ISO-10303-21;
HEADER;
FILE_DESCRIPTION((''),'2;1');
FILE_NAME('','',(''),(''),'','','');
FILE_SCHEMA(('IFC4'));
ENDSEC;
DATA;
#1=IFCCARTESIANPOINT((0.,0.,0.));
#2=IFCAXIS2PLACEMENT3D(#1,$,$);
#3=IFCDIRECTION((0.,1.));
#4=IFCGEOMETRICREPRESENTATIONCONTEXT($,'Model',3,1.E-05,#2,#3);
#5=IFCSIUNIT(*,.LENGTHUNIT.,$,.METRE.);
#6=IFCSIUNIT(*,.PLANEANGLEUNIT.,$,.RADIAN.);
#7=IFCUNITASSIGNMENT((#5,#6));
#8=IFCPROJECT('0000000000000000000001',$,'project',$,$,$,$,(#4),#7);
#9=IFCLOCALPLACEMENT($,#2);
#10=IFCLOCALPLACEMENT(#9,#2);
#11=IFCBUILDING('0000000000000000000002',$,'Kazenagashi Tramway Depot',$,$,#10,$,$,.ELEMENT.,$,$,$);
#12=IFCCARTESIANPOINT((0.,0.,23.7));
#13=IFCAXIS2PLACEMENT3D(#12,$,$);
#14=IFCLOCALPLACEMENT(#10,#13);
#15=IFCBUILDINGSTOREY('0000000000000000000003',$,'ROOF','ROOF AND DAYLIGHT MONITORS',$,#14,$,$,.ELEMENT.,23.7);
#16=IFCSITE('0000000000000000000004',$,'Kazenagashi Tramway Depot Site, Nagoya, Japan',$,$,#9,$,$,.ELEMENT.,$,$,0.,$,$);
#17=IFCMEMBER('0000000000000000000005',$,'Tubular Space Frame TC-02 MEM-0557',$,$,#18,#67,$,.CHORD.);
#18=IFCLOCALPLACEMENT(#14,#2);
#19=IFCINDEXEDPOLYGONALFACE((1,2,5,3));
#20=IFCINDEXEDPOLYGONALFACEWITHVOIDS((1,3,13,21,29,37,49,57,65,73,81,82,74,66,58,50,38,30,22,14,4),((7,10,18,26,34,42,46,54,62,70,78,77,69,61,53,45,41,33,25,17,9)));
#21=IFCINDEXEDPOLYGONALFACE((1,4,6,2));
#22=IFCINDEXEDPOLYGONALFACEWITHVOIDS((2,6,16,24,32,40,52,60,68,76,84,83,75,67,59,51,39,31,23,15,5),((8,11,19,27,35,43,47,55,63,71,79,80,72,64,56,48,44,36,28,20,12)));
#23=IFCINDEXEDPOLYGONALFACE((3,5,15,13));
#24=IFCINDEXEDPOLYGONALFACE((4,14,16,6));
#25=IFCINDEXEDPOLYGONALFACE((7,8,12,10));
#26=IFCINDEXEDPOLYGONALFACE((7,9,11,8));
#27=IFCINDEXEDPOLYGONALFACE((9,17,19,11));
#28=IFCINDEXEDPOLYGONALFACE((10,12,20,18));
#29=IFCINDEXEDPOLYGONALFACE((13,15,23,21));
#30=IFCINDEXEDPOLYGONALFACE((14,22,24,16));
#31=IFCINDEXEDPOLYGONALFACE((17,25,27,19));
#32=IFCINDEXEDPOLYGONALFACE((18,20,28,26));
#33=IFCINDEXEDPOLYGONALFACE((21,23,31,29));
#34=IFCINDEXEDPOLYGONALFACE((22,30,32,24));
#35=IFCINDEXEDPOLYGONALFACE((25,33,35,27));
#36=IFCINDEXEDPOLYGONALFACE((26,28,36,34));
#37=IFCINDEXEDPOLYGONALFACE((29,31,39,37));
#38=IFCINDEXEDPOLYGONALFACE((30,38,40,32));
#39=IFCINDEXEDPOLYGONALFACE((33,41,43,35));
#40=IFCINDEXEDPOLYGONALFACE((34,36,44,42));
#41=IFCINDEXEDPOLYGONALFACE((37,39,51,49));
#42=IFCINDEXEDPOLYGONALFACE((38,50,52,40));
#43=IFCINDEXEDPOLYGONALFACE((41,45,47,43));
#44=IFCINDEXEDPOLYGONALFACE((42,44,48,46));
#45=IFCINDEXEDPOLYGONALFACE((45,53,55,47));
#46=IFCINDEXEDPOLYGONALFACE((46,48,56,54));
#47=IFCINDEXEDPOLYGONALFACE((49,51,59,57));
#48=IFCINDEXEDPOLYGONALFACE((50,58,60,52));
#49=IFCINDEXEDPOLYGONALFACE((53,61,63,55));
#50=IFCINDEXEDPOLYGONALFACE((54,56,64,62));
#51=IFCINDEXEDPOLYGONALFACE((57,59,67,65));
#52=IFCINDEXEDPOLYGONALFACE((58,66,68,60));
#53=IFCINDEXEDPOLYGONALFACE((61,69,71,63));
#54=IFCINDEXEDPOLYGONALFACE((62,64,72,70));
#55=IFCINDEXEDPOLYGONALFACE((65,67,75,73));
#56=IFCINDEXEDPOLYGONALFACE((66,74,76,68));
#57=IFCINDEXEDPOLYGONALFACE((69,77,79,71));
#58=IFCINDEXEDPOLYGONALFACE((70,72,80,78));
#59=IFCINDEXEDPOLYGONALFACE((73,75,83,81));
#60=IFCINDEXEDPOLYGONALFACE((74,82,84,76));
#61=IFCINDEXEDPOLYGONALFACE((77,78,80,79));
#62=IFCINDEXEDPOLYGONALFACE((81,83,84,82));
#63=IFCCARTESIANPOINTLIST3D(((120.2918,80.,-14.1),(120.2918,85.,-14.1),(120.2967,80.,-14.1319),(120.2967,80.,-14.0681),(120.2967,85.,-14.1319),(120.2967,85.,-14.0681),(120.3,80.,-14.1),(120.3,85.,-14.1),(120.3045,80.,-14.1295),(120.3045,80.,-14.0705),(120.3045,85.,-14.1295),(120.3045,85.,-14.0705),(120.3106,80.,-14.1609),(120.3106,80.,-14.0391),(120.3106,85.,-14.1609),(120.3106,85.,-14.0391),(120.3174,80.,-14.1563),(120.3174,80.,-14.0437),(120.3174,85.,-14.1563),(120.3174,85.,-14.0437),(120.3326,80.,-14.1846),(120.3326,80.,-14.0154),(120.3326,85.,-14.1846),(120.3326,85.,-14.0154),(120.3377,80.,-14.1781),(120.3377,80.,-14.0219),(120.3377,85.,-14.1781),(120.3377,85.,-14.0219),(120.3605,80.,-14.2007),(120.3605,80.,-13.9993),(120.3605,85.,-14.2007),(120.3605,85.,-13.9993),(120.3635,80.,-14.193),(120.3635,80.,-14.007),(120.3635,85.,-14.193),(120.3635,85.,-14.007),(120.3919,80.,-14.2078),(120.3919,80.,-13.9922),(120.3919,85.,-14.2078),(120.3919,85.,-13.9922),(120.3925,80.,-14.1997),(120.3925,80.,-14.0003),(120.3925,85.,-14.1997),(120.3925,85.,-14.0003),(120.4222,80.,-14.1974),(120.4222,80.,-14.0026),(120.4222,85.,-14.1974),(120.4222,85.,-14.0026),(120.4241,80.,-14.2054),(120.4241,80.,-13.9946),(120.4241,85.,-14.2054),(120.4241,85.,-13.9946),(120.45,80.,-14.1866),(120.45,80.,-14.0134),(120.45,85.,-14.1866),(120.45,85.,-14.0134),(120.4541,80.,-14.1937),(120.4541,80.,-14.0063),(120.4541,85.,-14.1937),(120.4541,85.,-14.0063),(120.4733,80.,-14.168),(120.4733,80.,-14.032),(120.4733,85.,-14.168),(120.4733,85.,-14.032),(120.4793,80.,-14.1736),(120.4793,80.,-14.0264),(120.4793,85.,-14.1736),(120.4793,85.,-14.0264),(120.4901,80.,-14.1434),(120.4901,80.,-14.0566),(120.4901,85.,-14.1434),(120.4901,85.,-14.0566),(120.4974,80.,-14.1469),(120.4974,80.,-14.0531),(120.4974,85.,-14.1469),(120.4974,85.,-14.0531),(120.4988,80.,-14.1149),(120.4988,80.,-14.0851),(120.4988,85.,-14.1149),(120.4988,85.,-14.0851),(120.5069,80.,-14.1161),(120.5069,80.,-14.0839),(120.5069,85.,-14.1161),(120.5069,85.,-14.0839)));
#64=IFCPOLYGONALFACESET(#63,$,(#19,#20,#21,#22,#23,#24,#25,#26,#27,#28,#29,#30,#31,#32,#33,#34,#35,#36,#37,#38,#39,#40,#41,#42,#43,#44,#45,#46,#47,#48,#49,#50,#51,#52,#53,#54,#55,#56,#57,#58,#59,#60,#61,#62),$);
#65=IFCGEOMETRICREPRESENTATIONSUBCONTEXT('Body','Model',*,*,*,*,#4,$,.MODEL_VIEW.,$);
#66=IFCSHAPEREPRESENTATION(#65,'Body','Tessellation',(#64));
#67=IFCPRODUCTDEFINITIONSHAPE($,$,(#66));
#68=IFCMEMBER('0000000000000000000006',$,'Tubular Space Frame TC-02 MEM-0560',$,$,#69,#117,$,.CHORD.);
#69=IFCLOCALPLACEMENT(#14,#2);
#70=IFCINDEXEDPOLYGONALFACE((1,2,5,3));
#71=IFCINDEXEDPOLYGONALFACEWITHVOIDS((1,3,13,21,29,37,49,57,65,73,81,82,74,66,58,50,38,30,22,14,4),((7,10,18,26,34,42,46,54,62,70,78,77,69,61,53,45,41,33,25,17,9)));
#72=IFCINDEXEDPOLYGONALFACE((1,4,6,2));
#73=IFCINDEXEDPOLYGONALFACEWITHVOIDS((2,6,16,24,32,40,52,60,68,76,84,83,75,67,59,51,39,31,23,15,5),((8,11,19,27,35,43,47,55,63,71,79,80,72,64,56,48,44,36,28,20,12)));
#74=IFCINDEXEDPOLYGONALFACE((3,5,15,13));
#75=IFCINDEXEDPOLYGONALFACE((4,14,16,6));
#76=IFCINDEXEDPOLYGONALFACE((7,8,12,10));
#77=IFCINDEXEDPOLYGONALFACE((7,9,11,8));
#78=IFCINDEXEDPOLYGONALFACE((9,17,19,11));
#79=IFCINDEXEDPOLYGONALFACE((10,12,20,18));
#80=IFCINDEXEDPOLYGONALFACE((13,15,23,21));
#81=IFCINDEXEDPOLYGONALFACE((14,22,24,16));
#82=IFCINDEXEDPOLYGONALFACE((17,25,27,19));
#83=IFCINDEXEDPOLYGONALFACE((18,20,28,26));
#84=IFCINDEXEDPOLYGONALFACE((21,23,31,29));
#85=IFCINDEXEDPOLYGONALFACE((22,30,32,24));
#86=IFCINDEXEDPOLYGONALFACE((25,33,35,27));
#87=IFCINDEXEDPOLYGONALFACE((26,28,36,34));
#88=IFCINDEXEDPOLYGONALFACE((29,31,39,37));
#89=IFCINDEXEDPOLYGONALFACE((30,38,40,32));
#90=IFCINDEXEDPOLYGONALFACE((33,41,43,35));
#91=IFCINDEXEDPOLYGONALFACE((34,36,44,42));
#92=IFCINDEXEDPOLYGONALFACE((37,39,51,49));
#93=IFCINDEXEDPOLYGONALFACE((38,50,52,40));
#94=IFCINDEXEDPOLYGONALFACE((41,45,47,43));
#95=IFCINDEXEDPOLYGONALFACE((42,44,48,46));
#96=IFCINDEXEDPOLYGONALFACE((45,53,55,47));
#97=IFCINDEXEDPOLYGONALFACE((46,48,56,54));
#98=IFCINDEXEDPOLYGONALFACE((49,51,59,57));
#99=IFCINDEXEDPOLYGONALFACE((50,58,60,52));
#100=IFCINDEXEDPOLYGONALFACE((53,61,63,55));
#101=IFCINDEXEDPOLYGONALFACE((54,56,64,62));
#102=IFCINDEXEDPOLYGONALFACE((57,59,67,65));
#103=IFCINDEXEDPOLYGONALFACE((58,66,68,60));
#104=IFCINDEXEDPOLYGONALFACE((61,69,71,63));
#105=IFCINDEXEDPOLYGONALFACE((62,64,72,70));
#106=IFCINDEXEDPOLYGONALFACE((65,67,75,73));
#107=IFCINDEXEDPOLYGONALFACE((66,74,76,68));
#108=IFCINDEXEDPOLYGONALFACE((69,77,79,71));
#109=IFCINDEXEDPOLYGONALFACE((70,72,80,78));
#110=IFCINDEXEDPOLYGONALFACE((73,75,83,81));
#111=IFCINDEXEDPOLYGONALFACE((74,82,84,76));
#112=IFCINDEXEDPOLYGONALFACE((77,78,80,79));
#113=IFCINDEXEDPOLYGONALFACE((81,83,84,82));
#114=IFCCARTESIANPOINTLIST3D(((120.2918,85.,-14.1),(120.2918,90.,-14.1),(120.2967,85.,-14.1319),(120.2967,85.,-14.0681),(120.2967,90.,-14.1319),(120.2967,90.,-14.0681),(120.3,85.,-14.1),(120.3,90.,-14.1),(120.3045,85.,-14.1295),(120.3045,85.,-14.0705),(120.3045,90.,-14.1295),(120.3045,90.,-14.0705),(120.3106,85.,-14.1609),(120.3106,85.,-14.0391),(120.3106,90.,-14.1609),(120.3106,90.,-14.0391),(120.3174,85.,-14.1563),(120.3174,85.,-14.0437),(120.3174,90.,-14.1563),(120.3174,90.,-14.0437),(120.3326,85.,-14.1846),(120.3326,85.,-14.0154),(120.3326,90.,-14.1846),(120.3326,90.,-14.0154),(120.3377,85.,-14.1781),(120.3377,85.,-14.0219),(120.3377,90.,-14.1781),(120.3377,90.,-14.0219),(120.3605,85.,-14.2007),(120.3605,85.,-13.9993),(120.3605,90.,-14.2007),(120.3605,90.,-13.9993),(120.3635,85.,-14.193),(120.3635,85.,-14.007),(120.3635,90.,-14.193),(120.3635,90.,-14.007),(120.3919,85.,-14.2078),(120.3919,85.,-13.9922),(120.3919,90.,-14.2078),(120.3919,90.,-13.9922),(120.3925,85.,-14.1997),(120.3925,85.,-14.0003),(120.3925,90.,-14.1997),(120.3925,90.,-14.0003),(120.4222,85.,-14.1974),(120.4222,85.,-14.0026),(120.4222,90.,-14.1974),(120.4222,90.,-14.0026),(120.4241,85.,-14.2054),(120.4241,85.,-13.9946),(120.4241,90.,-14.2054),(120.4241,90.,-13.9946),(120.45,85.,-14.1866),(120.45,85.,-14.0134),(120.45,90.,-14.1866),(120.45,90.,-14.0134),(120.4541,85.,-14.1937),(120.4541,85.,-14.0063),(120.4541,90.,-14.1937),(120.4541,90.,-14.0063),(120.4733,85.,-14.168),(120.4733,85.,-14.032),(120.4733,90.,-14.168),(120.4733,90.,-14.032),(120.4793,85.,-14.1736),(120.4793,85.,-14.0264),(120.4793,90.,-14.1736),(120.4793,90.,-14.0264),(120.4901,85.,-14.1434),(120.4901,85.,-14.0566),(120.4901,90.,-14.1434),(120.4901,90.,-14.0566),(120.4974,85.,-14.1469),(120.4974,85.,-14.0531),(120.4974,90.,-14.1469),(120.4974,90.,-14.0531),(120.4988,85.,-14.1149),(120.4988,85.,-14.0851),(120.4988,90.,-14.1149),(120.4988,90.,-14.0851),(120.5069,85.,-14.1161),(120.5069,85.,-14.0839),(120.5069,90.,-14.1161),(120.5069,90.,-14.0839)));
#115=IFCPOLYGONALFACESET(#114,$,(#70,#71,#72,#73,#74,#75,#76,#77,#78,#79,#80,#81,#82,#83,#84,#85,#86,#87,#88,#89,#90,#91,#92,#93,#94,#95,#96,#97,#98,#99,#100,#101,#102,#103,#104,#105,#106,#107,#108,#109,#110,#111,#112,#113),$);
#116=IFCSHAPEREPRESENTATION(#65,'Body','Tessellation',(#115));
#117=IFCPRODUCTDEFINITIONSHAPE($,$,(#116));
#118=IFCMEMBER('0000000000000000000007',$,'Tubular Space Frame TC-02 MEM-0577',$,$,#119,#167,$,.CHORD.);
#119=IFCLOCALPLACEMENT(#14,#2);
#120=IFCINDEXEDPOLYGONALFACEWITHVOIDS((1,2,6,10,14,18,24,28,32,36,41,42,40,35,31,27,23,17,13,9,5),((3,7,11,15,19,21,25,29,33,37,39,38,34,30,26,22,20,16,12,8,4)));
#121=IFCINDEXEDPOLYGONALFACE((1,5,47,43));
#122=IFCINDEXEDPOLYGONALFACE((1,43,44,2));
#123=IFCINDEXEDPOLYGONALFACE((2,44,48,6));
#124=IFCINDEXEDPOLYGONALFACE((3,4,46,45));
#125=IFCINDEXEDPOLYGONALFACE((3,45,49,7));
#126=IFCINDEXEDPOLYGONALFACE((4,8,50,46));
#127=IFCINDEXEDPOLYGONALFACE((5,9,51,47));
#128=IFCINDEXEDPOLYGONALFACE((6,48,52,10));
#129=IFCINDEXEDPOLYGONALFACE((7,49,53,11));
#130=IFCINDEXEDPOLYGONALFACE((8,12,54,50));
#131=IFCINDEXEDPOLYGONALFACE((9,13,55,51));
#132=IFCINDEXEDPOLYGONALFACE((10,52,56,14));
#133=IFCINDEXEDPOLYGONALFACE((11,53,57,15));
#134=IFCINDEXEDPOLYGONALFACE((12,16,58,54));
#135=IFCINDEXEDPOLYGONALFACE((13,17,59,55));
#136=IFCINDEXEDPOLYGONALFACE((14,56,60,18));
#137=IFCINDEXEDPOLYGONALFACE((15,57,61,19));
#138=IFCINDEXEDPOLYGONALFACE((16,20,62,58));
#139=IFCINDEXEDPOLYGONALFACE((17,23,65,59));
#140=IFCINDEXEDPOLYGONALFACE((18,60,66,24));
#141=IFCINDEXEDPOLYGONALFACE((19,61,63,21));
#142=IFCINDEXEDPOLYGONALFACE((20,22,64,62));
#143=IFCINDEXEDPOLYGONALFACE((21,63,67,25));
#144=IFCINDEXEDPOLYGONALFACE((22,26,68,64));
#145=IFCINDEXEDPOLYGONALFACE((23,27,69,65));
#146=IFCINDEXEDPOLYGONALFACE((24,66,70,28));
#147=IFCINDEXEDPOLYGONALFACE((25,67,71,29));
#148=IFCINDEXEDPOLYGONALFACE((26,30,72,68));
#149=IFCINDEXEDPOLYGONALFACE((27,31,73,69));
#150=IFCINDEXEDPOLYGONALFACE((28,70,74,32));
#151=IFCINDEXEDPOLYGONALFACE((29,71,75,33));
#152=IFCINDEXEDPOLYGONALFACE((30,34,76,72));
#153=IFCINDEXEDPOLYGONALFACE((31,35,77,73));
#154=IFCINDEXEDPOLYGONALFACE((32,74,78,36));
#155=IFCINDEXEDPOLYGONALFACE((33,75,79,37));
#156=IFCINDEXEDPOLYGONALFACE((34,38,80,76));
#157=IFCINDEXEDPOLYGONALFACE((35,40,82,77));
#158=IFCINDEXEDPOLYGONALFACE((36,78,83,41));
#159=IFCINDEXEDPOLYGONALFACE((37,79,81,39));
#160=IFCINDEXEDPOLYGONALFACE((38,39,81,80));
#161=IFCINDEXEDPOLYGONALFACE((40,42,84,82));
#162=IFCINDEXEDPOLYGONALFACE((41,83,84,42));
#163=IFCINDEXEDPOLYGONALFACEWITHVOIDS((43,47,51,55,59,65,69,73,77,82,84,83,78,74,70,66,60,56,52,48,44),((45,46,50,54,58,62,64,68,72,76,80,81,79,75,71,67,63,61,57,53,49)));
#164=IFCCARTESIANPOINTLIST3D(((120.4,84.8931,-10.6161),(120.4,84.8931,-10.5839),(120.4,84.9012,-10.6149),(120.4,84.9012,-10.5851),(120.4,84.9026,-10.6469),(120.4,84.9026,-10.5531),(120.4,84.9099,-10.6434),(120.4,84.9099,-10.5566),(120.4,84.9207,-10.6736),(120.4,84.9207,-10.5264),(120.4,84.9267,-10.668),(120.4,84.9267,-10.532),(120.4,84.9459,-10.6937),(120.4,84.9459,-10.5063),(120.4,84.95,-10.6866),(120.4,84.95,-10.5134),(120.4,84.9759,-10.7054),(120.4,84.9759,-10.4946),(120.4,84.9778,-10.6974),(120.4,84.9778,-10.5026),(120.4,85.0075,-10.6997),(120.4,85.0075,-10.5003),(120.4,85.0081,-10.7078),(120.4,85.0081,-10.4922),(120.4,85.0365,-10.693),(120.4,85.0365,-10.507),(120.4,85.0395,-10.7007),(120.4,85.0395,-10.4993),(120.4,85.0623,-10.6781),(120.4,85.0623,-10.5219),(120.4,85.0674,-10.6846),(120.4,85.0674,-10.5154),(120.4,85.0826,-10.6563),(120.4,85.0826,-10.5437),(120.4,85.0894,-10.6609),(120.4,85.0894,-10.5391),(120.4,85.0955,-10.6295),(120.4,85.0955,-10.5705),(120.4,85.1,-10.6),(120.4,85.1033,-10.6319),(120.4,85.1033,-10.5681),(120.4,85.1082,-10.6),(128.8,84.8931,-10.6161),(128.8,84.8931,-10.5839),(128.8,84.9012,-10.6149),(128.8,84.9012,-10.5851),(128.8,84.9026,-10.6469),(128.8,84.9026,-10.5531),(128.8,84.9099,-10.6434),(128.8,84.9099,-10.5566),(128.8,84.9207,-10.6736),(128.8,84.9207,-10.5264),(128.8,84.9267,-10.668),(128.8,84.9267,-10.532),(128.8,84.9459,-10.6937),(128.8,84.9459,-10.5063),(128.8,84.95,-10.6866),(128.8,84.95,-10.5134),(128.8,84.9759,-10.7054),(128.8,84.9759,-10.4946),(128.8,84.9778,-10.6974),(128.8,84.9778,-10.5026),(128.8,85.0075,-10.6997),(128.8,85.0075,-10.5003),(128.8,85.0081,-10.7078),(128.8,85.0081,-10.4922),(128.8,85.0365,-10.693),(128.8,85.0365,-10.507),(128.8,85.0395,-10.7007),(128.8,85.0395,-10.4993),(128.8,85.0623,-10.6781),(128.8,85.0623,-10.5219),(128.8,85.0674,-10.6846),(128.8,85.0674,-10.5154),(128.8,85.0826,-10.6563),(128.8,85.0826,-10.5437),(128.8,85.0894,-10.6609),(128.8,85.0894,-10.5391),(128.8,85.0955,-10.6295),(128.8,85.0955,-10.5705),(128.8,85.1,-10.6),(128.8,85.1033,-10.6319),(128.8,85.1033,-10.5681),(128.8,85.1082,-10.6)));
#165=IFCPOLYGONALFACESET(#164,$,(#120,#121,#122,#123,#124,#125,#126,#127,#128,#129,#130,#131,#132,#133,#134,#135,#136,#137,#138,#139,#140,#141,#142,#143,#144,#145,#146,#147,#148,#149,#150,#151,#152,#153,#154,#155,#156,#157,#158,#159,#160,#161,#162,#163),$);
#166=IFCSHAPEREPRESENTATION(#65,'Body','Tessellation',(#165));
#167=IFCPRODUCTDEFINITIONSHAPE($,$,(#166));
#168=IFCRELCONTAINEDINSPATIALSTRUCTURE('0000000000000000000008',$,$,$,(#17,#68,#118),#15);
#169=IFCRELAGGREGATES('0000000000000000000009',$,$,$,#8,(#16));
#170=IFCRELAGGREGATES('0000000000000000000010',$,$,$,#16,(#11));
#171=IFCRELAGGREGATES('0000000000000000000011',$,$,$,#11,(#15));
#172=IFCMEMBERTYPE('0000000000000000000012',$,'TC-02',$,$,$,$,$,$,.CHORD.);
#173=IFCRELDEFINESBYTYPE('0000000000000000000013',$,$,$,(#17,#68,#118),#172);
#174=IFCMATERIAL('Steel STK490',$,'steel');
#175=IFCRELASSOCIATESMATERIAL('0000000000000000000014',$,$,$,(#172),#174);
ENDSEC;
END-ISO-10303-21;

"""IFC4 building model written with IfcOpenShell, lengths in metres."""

from ifc_helpers import new_model, si_unit, direction, frame, origin, origin_2d, place, context, subcontext, project, spatial, hollow_circle, extrude, material, material_profile, profile_set, type_object, element, save


model = new_model("IFC4")

# Units and contexts
model_context = context("Model", 3, precision=1e-05, world=origin(), true_north=direction((0.0, 1.0)))
body_context = subcontext(model_context, "Body", "Model", "MODEL_VIEW")
ifc_project = project(units=[si_unit("LENGTHUNIT", "METRE"), si_unit("PLANEANGLEUNIT", "RADIAN")], contexts=[model_context])

# Site, building, storey
site_placement = place(None, origin())
site = spatial("IfcSite", under=ifc_project, at=site_placement, Name="Kazenagashi Tramway Depot Site, Nagoya, Japan", CompositionType="ELEMENT", RefElevation=0.0)
building_placement = place(site_placement, origin())
building = spatial("IfcBuilding", under=site, at=building_placement, Name="Kazenagashi Tramway Depot", CompositionType="ELEMENT")
storey_placement = place(building_placement, frame((0.0, 0.0, 23.7)))
storey = spatial("IfcBuildingStorey", under=building, at=storey_placement, Name="ROOF", Description="ROOF AND DAYLIGHT MONITORS", CompositionType="ELEMENT", Elevation=23.7)

# Members
ifc_material_1 = material(Name="Steel STK490", Category="steel")
ifc_material_profile_1 = material_profile(ifc_material_1, hollow_circle(Radius=0.1081, WallThickness=0.0082, at=origin_2d()), Name="CHS-216.3x8.2")
ifc_profile_set_1 = profile_set([ifc_material_profile_1], Name="Steel STK490")
member_type_1 = type_object("IfcMemberType", Name="TC-02", PredefinedType="CHORD", material=ifc_profile_set_1)
for number, where, z_axis, x_axis, name in (
    (1, (120.4, 80.0, -14.1), (0.0, 1.0, 0.0), (-1.0, 0.0, 0.0), "Tubular Space Frame TC-02 MEM-0557"),
    (2, (120.4, 85.0, -14.1), (0.0, 1.0, 0.0), (-1.0, 0.0, 0.0), "Tubular Space Frame TC-02 MEM-0560"),
):
    element("IfcMember", number, at=place(storey_placement, frame(where, z_axis=z_axis, x_axis=x_axis)), inside=storey, type_object=member_type_1, Name=name, PredefinedType="CHORD", context=body_context, shape_type="SweptSolid", body=[
        extrude(hollow_circle(Radius=0.1081, WallThickness=0.0082, at=origin_2d()), origin(), (0.0, 0.0, 1.0), 5.0),
    ])
member_1_placement = place(storey_placement, frame((120.4, 85.0, -10.6), z_axis=(1.0, 0.0, 0.0), x_axis=(0.0, 1.0, 0.0)))
element("IfcMember", 3, at=member_1_placement, inside=storey, type_object=member_type_1, Name="Tubular Space Frame TC-02 MEM-0577", PredefinedType="CHORD", context=body_context, shape_type="SweptSolid", body=[
    extrude(hollow_circle(Radius=0.1081, WallThickness=0.0082, at=origin_2d()), origin(), (0.0, 0.0, 1.0), 8.4),
])

save(model, "model.ifc")
